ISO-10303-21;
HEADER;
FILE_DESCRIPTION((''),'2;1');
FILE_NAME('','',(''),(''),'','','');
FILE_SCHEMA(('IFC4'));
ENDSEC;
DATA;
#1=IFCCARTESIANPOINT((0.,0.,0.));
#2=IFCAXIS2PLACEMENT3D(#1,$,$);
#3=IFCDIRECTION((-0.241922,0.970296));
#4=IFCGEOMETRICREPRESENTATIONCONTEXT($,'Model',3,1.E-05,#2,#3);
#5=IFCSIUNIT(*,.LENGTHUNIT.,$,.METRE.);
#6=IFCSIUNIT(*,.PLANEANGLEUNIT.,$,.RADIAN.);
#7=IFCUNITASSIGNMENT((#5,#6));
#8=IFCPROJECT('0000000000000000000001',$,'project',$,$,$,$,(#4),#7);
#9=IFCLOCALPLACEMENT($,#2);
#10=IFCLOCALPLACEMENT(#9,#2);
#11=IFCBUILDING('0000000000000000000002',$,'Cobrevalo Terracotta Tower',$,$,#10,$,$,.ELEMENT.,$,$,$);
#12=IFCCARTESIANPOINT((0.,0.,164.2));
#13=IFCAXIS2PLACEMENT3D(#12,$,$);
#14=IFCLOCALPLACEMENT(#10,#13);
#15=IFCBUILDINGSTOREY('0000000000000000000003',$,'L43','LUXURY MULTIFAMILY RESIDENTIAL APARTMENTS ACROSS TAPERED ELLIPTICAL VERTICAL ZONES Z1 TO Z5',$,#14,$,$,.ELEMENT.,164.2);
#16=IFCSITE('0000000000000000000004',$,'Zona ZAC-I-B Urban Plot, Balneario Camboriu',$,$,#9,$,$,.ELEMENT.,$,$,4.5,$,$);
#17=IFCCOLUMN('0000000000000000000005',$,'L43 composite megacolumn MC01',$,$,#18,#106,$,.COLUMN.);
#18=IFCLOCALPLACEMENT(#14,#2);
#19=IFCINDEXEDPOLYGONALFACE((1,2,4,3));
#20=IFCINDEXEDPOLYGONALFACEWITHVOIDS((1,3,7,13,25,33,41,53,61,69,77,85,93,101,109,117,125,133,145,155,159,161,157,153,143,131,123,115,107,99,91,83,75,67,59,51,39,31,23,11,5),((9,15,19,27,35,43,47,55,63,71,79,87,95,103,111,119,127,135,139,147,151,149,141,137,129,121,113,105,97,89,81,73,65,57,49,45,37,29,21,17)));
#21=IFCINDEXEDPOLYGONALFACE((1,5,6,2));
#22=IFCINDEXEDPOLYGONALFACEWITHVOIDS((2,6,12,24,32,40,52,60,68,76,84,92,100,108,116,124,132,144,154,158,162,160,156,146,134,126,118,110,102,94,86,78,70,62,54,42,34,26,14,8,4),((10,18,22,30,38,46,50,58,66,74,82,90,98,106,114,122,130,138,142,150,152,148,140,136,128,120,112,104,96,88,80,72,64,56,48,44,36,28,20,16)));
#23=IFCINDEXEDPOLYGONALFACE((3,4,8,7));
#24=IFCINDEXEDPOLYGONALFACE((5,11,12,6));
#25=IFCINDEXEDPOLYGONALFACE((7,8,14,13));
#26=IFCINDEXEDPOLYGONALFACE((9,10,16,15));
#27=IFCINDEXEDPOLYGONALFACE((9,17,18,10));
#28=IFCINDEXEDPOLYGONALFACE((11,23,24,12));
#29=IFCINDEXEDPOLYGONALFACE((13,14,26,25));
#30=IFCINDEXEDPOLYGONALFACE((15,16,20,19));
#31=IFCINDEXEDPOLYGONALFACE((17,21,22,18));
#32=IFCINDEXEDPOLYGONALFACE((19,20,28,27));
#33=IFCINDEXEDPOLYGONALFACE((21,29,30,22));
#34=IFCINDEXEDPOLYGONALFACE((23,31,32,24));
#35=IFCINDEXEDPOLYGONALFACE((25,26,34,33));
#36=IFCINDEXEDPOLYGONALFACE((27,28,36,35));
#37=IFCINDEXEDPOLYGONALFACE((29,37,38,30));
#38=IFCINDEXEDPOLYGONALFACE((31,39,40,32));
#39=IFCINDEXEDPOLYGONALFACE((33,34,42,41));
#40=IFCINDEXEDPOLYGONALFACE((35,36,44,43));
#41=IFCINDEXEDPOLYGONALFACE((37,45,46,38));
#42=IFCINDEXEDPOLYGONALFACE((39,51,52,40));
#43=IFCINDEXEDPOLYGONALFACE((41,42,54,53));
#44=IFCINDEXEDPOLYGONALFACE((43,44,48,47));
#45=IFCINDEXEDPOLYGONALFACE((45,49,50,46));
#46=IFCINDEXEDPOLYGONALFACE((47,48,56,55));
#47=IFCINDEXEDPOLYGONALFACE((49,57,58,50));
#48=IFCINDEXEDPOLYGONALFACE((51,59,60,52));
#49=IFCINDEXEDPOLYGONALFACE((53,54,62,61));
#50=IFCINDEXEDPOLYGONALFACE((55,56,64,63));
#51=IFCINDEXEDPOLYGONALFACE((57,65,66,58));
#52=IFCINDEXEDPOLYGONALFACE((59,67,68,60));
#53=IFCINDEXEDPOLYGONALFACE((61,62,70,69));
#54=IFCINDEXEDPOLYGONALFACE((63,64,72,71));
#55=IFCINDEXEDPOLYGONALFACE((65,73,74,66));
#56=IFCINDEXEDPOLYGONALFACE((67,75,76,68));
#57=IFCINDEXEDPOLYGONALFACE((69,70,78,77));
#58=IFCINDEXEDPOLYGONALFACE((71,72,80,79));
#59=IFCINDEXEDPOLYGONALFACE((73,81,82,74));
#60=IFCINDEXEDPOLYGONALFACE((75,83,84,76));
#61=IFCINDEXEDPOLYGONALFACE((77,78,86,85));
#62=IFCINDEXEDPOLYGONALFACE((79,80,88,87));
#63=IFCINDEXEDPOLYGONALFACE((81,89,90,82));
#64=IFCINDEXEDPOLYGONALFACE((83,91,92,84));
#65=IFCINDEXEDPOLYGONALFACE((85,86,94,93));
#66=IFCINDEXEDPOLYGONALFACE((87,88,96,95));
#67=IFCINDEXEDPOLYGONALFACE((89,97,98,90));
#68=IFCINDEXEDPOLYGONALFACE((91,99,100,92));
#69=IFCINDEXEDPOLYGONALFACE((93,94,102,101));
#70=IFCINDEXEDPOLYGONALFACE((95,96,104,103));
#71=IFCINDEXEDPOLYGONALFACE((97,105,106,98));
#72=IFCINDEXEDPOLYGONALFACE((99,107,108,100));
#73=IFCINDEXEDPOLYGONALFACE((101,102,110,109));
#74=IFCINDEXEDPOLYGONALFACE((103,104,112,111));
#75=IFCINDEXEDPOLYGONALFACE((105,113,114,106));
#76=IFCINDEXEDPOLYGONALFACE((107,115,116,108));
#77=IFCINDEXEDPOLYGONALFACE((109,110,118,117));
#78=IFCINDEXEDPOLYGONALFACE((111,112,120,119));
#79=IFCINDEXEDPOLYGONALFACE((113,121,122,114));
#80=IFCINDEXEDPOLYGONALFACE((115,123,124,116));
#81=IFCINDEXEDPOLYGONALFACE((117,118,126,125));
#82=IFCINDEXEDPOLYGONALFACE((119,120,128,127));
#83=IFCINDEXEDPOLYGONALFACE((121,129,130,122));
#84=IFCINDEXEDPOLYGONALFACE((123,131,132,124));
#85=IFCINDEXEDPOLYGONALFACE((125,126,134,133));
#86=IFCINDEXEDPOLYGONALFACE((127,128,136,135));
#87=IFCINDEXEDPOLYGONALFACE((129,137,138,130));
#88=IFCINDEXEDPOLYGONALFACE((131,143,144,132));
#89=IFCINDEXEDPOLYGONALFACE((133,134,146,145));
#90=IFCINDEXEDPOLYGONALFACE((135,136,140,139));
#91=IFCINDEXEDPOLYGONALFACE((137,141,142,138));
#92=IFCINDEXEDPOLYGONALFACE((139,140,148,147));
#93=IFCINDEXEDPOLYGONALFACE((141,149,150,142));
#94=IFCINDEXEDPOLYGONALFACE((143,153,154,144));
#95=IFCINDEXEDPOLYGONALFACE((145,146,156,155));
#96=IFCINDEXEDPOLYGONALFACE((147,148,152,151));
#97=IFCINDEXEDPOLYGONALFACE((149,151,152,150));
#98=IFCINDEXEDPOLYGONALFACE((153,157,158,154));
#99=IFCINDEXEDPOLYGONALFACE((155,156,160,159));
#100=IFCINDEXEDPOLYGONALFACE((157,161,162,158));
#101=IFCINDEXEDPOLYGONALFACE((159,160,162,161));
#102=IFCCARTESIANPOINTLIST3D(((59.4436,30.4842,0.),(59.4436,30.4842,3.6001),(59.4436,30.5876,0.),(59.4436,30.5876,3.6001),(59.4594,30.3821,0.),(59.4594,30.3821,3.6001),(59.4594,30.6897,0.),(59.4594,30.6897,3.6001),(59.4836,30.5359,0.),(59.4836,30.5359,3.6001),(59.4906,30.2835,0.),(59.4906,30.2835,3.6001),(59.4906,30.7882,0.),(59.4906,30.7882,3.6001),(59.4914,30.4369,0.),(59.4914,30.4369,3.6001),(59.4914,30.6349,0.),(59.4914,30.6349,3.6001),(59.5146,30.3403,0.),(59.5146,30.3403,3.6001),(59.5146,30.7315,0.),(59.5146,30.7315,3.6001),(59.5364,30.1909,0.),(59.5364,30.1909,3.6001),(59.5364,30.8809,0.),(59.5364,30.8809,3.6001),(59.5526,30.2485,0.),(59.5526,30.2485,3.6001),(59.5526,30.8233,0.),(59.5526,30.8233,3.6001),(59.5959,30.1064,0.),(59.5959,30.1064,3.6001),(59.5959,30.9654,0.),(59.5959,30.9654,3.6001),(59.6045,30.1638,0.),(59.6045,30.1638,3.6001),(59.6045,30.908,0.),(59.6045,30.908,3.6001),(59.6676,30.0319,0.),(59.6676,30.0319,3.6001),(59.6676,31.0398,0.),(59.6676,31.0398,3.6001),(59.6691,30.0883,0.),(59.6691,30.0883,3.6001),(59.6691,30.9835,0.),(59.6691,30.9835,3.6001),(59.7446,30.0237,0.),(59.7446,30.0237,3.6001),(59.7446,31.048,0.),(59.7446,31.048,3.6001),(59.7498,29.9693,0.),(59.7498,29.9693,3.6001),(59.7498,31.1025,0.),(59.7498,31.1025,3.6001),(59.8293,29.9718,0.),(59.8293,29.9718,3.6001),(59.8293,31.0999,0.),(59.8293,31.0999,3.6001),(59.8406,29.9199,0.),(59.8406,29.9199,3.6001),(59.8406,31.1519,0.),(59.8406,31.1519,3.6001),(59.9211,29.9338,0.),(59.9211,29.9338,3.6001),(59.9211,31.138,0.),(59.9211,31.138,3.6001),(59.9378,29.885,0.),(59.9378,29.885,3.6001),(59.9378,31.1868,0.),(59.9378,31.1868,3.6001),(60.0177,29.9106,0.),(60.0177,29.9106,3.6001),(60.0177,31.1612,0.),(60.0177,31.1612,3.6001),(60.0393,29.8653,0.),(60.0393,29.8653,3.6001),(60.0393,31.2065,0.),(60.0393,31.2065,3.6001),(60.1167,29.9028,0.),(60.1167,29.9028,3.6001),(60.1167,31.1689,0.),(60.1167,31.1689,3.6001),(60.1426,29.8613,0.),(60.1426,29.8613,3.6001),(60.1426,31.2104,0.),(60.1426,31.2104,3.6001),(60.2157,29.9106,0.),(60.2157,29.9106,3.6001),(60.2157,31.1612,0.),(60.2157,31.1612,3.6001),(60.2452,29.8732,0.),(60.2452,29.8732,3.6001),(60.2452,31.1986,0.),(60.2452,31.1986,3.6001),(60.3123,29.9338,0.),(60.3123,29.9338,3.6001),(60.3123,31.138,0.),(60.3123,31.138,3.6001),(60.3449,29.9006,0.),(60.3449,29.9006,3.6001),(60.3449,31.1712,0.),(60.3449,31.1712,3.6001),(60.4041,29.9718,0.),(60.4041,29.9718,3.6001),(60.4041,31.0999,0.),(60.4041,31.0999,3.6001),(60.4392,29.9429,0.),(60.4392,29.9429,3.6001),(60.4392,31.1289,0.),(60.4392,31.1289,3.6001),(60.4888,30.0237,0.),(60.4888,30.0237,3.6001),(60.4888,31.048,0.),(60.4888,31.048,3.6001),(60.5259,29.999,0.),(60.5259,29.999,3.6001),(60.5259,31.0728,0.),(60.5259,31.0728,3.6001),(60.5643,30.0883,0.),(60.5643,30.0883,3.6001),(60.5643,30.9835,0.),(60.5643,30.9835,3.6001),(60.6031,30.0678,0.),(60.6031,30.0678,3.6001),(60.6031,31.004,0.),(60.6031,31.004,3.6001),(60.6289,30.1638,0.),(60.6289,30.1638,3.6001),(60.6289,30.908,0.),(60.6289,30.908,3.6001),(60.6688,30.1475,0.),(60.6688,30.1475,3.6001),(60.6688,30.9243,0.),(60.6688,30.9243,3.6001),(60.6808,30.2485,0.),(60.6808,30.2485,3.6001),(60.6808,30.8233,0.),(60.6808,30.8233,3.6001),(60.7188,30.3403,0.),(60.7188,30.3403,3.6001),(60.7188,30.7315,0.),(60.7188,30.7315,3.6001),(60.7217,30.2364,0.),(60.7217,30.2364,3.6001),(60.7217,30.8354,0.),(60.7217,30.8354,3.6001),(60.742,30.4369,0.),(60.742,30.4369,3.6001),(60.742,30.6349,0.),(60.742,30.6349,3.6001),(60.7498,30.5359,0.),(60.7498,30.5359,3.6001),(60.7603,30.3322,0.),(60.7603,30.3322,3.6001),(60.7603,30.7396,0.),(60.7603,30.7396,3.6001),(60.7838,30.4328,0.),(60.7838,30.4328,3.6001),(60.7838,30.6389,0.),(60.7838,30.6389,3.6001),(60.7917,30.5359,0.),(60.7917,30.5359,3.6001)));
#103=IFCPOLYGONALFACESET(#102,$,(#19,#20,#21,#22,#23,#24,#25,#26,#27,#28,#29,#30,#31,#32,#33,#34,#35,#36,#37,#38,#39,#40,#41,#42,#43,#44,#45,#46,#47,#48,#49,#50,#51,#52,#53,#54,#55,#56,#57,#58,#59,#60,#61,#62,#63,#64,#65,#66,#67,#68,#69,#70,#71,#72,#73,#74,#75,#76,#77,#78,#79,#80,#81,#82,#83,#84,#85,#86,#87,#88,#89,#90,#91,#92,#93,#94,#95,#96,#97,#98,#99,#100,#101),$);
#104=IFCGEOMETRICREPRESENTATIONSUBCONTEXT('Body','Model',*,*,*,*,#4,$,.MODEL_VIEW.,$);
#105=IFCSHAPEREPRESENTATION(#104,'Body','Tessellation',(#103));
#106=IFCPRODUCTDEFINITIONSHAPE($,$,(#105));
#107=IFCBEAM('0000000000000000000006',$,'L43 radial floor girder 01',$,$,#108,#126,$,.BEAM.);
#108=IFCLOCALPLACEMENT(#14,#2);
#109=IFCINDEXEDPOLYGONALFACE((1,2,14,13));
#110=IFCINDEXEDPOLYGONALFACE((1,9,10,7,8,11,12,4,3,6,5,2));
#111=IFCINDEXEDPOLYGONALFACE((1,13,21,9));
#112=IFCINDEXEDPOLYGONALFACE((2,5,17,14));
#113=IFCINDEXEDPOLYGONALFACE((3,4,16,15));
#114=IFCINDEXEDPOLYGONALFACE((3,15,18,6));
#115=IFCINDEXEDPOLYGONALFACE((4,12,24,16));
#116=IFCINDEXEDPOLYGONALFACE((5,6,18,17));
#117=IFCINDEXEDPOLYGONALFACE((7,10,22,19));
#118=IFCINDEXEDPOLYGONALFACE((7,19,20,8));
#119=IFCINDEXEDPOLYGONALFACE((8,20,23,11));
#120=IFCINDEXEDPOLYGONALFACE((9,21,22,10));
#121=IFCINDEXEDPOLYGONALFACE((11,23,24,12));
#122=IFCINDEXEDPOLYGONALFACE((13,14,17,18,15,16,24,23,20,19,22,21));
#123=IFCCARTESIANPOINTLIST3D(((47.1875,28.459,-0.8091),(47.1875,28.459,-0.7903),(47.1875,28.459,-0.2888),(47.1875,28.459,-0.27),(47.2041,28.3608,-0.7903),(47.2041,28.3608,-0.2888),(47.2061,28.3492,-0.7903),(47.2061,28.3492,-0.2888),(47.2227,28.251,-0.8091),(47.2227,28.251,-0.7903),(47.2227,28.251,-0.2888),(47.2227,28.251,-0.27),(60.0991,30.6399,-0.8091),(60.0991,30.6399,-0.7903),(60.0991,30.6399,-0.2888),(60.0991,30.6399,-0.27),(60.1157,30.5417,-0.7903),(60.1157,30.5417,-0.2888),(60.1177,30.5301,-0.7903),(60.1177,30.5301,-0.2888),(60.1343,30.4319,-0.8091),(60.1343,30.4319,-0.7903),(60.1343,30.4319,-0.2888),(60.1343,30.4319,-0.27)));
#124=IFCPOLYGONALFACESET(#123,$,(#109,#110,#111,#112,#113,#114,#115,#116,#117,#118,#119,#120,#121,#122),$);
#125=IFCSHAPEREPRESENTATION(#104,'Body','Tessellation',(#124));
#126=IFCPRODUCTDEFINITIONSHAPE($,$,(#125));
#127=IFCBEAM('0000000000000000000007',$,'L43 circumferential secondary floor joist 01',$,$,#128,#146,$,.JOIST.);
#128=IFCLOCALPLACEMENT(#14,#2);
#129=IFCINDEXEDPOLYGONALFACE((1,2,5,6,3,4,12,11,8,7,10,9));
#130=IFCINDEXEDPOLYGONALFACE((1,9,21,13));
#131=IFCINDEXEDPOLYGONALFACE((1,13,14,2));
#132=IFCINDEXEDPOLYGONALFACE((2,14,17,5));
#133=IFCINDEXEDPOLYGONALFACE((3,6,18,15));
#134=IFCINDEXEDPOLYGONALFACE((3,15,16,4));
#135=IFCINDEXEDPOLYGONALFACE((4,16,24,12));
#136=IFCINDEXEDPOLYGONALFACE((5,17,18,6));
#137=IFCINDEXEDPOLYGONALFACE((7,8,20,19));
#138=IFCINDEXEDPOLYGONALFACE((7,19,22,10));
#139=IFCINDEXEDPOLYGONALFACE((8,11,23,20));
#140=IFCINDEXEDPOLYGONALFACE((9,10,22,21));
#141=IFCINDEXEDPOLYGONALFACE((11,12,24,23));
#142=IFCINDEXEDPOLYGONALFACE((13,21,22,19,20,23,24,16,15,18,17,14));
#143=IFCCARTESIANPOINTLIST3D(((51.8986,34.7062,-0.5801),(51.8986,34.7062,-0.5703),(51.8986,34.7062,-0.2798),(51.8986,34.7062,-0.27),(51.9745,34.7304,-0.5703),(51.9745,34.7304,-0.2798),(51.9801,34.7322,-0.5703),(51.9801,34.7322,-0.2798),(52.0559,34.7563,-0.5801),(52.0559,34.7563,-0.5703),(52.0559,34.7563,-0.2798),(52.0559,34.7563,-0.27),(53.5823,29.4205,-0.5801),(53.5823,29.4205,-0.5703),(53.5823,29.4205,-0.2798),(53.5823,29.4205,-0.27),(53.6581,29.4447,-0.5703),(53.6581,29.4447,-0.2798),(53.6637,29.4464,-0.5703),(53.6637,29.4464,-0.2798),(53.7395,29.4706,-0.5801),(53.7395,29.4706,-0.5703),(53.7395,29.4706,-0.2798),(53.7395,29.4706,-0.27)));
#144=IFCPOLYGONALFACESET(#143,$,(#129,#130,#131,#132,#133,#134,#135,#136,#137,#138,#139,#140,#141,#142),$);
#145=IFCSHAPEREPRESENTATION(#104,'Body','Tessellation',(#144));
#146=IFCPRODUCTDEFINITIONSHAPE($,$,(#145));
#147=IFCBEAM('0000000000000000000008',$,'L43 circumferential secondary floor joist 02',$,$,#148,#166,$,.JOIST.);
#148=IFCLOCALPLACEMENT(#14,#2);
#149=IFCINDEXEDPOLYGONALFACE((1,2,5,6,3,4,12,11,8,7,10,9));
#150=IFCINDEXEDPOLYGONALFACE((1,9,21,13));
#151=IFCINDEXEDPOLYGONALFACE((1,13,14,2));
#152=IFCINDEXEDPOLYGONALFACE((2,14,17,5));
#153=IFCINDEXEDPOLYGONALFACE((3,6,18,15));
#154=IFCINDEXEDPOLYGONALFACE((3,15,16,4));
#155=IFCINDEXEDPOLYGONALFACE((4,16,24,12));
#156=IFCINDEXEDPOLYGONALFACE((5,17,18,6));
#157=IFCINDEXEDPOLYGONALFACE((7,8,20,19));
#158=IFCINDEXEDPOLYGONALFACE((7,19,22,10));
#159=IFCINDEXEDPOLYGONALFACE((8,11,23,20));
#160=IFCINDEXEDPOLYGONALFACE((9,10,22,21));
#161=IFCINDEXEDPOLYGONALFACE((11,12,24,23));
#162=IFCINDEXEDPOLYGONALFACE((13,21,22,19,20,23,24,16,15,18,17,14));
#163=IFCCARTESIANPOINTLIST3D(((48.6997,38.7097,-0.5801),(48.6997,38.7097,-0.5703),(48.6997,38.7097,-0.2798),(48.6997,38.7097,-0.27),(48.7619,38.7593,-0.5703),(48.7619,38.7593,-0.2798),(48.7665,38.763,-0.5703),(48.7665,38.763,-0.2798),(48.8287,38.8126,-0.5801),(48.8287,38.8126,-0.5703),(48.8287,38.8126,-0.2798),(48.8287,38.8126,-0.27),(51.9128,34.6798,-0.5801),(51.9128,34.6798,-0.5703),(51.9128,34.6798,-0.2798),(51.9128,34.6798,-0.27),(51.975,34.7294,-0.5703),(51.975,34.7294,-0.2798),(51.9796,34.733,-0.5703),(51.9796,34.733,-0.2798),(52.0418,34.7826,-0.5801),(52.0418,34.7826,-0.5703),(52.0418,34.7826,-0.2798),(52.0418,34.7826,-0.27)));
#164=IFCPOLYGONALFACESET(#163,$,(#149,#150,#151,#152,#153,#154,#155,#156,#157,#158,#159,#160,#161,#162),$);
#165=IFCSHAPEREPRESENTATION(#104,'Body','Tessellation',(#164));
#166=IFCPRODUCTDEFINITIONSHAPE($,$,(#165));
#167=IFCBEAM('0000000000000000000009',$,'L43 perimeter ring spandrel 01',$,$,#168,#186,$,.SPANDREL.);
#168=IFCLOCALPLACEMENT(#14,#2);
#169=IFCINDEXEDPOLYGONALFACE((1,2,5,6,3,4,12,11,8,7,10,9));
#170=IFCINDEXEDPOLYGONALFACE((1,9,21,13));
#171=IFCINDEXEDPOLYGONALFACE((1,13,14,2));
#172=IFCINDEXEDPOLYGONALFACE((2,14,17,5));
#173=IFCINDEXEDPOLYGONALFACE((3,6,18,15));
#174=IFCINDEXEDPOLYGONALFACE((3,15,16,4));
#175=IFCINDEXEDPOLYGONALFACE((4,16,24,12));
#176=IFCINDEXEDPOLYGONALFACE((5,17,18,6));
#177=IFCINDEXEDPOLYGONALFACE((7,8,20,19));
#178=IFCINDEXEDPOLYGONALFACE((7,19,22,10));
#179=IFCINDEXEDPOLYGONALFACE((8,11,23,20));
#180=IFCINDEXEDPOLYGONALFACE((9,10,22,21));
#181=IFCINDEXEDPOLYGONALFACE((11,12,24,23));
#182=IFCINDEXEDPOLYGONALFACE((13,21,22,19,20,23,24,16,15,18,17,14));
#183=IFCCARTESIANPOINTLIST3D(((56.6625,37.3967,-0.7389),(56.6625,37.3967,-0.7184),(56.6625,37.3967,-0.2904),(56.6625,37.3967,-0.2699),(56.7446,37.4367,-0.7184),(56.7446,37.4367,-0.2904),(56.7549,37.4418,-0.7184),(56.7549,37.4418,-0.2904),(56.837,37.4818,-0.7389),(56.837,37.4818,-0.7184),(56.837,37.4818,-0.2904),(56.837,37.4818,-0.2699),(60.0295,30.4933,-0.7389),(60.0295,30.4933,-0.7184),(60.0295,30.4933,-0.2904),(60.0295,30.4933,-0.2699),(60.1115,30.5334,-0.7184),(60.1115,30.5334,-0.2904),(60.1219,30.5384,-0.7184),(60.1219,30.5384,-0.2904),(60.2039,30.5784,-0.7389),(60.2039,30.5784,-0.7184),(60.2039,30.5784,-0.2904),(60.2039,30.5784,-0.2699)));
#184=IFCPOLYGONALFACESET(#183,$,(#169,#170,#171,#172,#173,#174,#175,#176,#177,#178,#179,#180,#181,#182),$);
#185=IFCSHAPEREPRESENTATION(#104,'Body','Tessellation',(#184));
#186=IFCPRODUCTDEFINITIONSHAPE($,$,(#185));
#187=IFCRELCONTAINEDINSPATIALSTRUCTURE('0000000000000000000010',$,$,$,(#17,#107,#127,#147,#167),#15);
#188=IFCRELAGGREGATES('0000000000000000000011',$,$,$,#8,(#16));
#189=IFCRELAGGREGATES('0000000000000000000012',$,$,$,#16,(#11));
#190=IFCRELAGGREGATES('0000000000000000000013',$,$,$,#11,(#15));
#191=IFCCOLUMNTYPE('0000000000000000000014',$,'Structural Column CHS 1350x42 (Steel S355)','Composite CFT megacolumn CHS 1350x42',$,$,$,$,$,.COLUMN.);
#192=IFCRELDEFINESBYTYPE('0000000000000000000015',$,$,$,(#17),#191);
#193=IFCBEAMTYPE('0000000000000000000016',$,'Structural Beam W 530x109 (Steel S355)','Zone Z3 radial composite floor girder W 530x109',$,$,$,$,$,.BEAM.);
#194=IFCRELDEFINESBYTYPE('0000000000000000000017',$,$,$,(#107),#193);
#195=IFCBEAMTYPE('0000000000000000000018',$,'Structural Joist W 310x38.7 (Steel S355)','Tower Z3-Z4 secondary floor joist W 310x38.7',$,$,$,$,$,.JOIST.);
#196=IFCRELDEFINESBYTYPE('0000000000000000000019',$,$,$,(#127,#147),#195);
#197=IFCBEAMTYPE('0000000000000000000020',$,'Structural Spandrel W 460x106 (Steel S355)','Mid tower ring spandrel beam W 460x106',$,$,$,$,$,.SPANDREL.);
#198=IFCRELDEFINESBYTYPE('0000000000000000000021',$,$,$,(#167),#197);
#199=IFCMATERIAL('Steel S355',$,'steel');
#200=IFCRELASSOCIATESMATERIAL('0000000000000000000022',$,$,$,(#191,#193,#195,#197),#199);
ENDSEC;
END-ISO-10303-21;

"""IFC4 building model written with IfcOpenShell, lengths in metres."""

from ifc_helpers import new_model, si_unit, direction, frame, origin, origin_2d, place, context, subcontext, project, spatial, hollow_circle, i_section, extrude, material, material_profile, profile_set, type_object, element, save


model = new_model("IFC4")

# Units and contexts
model_context = context("Model", 3, precision=1e-05, world=origin(), true_north=direction((-0.241922, 0.970296)))
body_context = subcontext(model_context, "Body", "Model", "MODEL_VIEW")
ifc_project = project(units=[si_unit("LENGTHUNIT", "METRE"), si_unit("PLANEANGLEUNIT", "RADIAN")], contexts=[model_context])

# Site, building, storey
site_placement = place(None, origin())
site = spatial("IfcSite", under=ifc_project, at=site_placement, Name="Zona ZAC-I-B Urban Plot, Balneario Camboriu", CompositionType="ELEMENT", RefElevation=4.5)
building_placement = place(site_placement, origin())
building = spatial("IfcBuilding", under=site, at=building_placement, Name="Cobrevalo Terracotta Tower", CompositionType="ELEMENT")
storey_placement = place(building_placement, frame((0.0, 0.0, 164.2)))
storey = spatial("IfcBuildingStorey", under=building, at=storey_placement, Name="L43", Description="LUXURY MULTIFAMILY RESIDENTIAL APARTMENTS ACROSS TAPERED ELLIPTICAL VERTICAL ZONES Z1 TO Z5", CompositionType="ELEMENT", Elevation=164.2)

# Column
ifc_material_1 = material(Name="Steel S355", Category="steel")
ifc_material_profile_1 = material_profile(ifc_material_1, hollow_circle(Radius=0.675, WallThickness=0.042, at=origin_2d()), Name="CHS 1350x42")
ifc_profile_set_1 = profile_set([ifc_material_profile_1], Name="Steel S355")
column_type = type_object("IfcColumnType", Name="Structural Column CHS 1350x42 (Steel S355)", Description="Composite CFT megacolumn CHS 1350x42", PredefinedType="COLUMN", material=ifc_profile_set_1)
column_placement = place(storey_placement, frame((60.1167, 30.5359, 0.0), z_axis=(0.0, 0.0, 1.0), x_axis=(1.0, 0.0, 0.0)))
element("IfcColumn", 1, at=column_placement, inside=storey, type_object=column_type, Name="L43 composite megacolumn MC01", PredefinedType="COLUMN", context=body_context, shape_type="SweptSolid", body=[
    extrude(hollow_circle(Radius=0.675, WallThickness=0.042, at=origin_2d()), origin(), (0.0, 0.0, 1.0), 3.6001),
])

# Beams
ifc_material_profile_2 = material_profile(ifc_material_1, i_section(OverallWidth=0.2109, OverallDepth=0.5391, WebThickness=0.0117, FlangeThickness=0.0188, at=origin_2d()), Name="W 530x109")
ifc_profile_set_2 = profile_set([ifc_material_profile_2], Name="Steel S355")
beam_type_1 = type_object("IfcBeamType", Name="Structural Beam W 530x109 (Steel S355)", Description="Zone Z3 radial composite floor girder W 530x109", PredefinedType="BEAM", material=ifc_profile_set_2)
beam_1_placement = place(storey_placement, frame((60.1167, 30.5359, -0.5396), z_axis=(-0.986033, -0.166551, 0.0), x_axis=(0.166551, -0.986033, 0.0)))
element("IfcBeam", 2, at=beam_1_placement, inside=storey, type_object=beam_type_1, Name="L43 radial floor girder 01", PredefinedType="BEAM", context=body_context, shape_type="SweptSolid", body=[
    extrude(i_section(OverallWidth=0.2109, OverallDepth=0.5391, WebThickness=0.0117, FlangeThickness=0.0188, at=origin_2d()), origin(), (0.0, 0.0, 1.0), 13.0945),
])
ifc_material_profile_3 = material_profile(ifc_material_1, i_section(OverallWidth=0.165, OverallDepth=0.3101, WebThickness=0.0059, FlangeThickness=0.0098, at=origin_2d()), Name="W 310x38.7")
ifc_profile_set_3 = profile_set([ifc_material_profile_3], Name="Steel S355")
beam_type_2 = type_object("IfcBeamType", Name="Structural Joist W 310x38.7 (Steel S355)", Description="Tower Z3-Z4 secondary floor joist W 310x38.7", PredefinedType="JOIST", material=ifc_profile_set_3)
beam_2_placement = place(storey_placement, frame((53.6609, 29.4456, -0.425), z_axis=(-0.303498, 0.952832, 0.0), x_axis=(-0.952832, -0.303498, 0.0)))
element("IfcBeam", 3, at=beam_2_placement, inside=storey, type_object=beam_type_2, Name="L43 circumferential secondary floor joist 01", PredefinedType="JOIST", context=body_context, shape_type="SweptSolid", body=[
    extrude(i_section(OverallWidth=0.165, OverallDepth=0.3101, WebThickness=0.0059, FlangeThickness=0.0098, at=origin_2d()), origin(), (0.0, 0.0, 1.0), 5.5474),
])
beam_3_placement = place(storey_placement, frame((51.9773, 34.7312, -0.425), z_axis=(-0.623406, 0.781898, 0.0), x_axis=(-0.781898, -0.623406, 0.0)))
element("IfcBeam", 4, at=beam_3_placement, inside=storey, type_object=beam_type_2, Name="L43 circumferential secondary floor joist 02", PredefinedType="JOIST", context=body_context, shape_type="SweptSolid", body=[
    extrude(i_section(OverallWidth=0.165, OverallDepth=0.3101, WebThickness=0.0059, FlangeThickness=0.0098, at=origin_2d()), origin(), (0.0, 0.0, 1.0), 5.1541),
])
ifc_material_profile_4 = material_profile(ifc_material_1, i_section(OverallWidth=0.1941, OverallDepth=0.469, WebThickness=0.0115, FlangeThickness=0.0205, at=origin_2d()), Name="W 460x106")
ifc_profile_set_4 = profile_set([ifc_material_profile_4], Name="Steel S355")
beam_type_3 = type_object("IfcBeamType", Name="Structural Spandrel W 460x106 (Steel S355)", Description="Mid tower ring spandrel beam W 460x106", PredefinedType="SPANDREL", material=ifc_profile_set_4)
beam_4_placement = place(storey_placement, frame((60.1167, 30.5359, -0.5044), z_axis=(-0.438368, 0.898796, 0.0), x_axis=(-0.898796, -0.438368, 0.0)))
element("IfcBeam", 5, at=beam_4_placement, inside=storey, type_object=beam_type_3, Name="L43 perimeter ring spandrel 01", PredefinedType="SPANDREL", context=body_context, shape_type="SweptSolid", body=[
    extrude(i_section(OverallWidth=0.1941, OverallDepth=0.469, WebThickness=0.0115, FlangeThickness=0.0205, at=origin_2d()), origin(), (0.0, 0.0, 1.0), 7.6807),
])

save(model, "model.ifc")
